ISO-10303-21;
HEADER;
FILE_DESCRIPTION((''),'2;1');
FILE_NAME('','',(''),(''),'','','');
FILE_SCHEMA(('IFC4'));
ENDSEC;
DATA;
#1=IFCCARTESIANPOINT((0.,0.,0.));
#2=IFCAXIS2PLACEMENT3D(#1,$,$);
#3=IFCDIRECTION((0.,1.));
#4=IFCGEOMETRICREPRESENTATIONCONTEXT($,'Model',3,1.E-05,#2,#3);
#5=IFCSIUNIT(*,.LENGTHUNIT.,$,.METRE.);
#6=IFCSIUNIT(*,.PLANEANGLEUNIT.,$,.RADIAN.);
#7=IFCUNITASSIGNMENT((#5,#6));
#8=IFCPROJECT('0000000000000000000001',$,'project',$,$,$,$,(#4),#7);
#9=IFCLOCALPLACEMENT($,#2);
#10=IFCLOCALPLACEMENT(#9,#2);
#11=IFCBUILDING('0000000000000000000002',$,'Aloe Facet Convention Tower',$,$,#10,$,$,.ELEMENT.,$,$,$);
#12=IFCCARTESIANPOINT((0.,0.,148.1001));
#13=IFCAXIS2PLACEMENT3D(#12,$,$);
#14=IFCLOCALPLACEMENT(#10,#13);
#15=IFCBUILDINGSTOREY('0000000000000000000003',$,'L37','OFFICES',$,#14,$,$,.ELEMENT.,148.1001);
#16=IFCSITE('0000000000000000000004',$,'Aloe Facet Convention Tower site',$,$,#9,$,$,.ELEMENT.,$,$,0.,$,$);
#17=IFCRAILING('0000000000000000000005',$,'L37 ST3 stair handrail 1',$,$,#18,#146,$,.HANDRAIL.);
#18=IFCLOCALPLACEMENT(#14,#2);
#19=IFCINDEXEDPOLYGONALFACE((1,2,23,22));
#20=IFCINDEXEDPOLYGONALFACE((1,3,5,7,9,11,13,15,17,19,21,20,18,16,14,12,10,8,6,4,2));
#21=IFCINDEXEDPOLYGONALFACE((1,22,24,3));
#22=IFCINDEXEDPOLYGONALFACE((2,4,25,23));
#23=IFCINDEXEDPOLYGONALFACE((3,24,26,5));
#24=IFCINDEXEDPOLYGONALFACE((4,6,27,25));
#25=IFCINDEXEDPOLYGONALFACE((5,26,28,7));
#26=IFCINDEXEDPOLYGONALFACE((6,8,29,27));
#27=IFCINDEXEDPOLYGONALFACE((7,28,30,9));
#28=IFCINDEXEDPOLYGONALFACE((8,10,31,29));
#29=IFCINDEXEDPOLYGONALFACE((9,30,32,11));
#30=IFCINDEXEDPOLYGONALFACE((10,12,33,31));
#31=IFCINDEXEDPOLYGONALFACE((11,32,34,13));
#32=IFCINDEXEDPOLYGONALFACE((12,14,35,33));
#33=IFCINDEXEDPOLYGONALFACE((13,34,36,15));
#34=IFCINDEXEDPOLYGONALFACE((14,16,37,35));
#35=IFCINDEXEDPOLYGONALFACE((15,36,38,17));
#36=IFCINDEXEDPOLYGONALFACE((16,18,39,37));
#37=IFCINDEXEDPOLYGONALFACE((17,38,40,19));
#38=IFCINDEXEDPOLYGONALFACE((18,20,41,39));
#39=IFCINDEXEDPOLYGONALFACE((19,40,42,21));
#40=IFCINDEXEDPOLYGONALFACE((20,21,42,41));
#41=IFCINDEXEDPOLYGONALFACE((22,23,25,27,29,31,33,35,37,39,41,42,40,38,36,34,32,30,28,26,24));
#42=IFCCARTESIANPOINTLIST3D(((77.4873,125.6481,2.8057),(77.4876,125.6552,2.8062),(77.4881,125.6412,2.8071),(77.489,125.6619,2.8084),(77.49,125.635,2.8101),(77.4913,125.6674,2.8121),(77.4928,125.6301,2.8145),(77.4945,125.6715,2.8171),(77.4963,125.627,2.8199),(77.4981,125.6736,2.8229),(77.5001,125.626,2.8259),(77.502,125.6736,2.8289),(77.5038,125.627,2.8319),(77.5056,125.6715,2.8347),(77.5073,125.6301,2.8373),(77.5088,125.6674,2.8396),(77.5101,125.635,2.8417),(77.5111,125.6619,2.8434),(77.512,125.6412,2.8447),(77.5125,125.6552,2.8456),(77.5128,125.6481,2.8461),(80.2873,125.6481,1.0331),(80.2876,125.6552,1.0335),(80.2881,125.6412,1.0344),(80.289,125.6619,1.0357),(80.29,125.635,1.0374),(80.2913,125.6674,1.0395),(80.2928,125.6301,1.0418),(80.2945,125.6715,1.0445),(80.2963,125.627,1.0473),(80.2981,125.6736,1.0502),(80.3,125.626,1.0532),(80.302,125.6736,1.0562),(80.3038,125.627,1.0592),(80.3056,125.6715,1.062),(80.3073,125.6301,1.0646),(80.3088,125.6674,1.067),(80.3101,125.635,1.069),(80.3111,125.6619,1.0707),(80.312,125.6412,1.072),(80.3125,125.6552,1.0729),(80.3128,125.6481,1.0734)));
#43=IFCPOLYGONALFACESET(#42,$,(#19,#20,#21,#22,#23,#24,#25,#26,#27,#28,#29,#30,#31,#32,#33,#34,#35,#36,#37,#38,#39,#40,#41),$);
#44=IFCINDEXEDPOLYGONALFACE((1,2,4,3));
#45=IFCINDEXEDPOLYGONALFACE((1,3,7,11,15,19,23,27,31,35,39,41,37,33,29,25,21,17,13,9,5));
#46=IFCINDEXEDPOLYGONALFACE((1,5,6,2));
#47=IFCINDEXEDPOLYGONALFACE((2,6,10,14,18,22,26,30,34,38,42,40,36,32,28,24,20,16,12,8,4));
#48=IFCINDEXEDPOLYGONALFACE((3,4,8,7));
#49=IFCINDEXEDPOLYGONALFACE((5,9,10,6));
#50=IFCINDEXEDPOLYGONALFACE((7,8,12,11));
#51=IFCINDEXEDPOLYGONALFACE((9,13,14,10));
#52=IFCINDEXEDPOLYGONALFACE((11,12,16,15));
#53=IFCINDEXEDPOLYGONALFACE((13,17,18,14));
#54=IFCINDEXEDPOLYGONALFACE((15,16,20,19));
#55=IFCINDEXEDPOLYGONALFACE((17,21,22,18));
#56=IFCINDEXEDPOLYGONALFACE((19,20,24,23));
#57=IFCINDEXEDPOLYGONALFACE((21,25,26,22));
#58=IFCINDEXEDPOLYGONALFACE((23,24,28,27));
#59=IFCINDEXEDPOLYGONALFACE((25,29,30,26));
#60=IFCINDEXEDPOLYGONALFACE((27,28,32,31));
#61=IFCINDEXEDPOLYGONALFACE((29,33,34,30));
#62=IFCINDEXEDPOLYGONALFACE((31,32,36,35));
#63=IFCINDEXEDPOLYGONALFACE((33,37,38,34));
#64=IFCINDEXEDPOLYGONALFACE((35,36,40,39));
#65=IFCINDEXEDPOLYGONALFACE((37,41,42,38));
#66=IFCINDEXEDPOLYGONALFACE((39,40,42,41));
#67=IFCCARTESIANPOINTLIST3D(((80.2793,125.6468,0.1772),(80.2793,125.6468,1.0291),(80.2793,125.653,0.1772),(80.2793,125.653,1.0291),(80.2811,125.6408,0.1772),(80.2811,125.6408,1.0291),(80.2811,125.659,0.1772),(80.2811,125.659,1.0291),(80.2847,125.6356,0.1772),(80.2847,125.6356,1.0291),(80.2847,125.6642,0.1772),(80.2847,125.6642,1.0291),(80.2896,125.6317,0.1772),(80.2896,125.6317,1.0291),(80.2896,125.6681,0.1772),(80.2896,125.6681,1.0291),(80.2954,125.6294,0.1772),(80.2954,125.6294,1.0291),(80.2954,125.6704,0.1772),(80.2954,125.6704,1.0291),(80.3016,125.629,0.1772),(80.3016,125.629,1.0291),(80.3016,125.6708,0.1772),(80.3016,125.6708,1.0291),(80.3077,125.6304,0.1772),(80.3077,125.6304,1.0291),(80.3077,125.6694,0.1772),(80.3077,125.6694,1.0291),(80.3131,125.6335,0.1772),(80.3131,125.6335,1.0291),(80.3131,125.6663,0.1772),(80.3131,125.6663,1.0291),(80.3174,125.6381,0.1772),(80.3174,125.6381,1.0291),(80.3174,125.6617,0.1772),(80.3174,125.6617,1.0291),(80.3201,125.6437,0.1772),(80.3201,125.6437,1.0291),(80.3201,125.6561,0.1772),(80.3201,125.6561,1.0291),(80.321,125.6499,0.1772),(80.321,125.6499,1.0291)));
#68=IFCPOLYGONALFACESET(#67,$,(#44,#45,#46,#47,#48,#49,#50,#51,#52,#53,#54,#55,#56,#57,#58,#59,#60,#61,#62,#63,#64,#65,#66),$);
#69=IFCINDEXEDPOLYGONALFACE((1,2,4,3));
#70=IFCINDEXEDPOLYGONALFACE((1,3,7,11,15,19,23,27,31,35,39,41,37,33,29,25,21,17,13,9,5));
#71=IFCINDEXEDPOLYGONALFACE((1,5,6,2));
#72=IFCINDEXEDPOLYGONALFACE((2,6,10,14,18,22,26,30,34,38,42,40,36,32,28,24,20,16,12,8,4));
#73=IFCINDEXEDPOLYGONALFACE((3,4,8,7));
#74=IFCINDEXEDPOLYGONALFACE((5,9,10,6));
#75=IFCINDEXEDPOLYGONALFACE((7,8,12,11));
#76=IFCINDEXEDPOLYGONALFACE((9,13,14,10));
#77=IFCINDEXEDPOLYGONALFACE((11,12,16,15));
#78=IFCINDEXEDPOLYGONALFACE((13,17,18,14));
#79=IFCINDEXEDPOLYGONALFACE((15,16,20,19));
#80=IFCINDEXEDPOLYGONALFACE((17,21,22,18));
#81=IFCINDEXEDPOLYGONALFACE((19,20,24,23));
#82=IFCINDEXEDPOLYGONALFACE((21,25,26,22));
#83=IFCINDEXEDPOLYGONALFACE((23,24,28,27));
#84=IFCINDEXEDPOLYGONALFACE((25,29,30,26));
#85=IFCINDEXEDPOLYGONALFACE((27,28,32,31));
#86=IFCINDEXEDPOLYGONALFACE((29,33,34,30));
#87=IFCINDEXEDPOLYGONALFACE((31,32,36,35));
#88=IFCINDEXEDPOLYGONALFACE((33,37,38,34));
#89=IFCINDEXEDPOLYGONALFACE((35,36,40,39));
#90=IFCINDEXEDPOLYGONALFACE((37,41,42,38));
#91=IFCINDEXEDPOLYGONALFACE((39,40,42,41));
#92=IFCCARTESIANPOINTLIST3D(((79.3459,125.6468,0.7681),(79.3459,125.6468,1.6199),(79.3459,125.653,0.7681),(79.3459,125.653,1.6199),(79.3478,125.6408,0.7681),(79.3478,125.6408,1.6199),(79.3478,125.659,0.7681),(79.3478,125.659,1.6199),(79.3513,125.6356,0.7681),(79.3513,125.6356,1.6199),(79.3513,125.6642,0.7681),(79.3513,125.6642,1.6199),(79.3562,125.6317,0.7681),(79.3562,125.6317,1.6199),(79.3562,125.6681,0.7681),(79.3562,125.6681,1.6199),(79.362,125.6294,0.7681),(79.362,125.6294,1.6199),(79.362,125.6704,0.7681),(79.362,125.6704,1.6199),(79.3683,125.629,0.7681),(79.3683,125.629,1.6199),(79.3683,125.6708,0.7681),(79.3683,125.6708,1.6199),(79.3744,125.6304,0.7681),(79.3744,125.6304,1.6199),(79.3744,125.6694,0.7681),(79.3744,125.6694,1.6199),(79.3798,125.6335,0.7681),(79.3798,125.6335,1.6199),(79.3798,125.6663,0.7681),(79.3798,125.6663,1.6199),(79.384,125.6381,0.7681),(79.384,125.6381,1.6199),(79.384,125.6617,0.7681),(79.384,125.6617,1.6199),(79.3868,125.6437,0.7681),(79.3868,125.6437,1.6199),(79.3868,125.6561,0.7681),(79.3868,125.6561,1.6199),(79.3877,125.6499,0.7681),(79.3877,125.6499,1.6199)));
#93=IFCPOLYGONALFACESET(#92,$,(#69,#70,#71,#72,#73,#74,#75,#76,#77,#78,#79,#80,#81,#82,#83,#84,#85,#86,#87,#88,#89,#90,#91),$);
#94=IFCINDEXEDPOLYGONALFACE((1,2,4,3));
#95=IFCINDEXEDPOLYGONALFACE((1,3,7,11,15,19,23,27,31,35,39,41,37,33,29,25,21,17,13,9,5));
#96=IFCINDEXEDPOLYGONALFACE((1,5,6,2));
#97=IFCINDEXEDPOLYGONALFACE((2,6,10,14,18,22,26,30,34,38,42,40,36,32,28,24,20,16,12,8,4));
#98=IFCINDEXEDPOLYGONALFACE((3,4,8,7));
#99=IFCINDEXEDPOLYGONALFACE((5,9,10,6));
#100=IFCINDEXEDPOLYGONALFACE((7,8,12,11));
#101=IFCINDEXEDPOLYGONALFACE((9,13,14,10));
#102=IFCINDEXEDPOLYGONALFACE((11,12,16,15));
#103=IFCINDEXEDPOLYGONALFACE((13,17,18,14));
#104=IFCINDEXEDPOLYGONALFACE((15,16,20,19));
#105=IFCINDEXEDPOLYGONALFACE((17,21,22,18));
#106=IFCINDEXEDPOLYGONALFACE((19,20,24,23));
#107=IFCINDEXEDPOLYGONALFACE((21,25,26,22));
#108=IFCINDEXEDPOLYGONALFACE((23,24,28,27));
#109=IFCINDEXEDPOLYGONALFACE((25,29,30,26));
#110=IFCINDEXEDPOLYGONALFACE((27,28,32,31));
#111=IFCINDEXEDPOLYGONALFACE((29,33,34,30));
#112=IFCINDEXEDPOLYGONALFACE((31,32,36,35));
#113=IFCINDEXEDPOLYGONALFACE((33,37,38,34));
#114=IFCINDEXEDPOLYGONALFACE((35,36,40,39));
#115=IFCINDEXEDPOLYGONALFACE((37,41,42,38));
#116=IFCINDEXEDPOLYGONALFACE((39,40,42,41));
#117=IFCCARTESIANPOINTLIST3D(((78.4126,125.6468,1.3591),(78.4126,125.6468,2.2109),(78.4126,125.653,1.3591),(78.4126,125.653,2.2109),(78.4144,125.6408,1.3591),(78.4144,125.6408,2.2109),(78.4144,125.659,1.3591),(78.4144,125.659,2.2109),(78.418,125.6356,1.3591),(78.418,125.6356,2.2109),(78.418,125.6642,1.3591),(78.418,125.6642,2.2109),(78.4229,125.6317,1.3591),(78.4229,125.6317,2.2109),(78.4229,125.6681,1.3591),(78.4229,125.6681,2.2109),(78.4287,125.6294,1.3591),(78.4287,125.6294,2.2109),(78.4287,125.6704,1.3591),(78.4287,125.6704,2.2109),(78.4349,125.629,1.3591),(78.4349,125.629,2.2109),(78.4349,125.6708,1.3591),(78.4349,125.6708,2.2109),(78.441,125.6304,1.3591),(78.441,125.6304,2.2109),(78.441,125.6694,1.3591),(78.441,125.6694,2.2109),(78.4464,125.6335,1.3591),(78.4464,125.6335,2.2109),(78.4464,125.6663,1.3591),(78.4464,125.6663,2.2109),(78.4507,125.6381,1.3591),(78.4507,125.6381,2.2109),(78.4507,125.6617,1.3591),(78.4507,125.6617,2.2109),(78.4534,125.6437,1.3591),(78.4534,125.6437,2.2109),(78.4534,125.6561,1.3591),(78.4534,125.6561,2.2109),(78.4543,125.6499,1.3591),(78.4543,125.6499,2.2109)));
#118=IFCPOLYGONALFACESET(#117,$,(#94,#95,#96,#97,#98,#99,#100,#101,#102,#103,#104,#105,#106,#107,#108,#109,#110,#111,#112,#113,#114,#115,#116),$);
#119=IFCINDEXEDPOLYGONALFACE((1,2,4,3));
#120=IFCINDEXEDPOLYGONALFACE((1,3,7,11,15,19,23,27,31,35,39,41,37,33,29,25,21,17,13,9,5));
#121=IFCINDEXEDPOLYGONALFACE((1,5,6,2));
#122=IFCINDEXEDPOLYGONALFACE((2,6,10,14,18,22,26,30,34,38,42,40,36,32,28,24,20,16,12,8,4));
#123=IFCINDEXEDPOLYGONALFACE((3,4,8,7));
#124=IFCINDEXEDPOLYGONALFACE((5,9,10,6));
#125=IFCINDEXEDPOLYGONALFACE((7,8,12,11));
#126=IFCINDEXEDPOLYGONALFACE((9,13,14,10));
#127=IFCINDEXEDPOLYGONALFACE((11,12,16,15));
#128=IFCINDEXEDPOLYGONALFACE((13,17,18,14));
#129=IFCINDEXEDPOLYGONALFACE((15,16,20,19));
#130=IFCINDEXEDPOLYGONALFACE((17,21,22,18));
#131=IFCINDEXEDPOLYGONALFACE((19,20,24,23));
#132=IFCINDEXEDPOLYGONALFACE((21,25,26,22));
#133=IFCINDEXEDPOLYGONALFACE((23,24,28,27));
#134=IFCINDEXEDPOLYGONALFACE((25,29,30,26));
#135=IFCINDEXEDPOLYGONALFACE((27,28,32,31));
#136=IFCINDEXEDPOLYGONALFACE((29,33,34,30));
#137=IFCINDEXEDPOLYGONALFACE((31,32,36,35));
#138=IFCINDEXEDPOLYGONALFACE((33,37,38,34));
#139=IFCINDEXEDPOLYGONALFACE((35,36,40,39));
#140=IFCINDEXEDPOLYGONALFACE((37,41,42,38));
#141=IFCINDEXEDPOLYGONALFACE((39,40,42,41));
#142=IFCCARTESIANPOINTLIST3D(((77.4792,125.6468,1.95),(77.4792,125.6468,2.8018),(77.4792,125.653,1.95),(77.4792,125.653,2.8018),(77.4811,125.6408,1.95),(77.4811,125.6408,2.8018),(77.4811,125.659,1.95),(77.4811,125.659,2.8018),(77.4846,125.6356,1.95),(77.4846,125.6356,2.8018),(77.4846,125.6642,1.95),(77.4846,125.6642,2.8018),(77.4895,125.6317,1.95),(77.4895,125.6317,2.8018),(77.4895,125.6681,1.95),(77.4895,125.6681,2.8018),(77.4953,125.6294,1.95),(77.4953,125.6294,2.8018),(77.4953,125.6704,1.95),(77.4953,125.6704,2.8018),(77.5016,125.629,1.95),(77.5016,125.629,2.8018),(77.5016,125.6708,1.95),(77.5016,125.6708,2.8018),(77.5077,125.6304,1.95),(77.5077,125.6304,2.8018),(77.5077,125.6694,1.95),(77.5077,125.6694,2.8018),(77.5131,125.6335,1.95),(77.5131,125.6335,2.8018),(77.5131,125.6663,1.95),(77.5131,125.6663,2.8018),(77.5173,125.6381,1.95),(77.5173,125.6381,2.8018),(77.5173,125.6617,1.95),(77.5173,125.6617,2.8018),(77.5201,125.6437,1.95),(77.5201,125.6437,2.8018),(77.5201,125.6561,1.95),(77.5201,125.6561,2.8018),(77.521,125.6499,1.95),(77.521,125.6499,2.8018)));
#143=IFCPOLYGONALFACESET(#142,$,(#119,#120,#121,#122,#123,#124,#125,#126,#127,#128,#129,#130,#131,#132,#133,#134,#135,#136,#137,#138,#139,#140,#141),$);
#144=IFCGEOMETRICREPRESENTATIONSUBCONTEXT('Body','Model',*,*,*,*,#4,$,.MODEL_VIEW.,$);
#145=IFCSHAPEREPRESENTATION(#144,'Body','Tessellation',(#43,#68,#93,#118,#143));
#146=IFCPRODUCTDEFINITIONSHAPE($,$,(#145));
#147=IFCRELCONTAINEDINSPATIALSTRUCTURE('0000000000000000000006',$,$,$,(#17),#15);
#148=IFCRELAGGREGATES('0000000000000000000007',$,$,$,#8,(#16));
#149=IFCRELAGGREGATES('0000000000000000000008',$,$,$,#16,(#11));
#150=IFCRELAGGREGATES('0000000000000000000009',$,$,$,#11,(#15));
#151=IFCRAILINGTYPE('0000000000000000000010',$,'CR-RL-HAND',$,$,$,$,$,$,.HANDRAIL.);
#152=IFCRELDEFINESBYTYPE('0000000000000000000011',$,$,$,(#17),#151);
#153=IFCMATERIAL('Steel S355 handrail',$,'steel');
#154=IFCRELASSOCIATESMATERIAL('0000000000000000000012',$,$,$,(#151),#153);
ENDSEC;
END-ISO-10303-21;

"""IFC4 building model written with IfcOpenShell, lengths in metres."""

from ifc_helpers import new_model, si_unit, direction, frame, origin, origin_2d, place, context, subcontext, project, spatial, circle, extrude, material, type_object, element, save


model = new_model("IFC4")

# Units and contexts
model_context = context("Model", 3, precision=1e-05, world=origin(), true_north=direction((0.0, 1.0)))
body_context = subcontext(model_context, "Body", "Model", "MODEL_VIEW")
ifc_project = project(units=[si_unit("LENGTHUNIT", "METRE"), si_unit("PLANEANGLEUNIT", "RADIAN")], contexts=[model_context])

# Site, building, storey
site_placement = place(None, origin())
site = spatial("IfcSite", under=ifc_project, at=site_placement, Name="Aloe Facet Convention Tower site", CompositionType="ELEMENT", RefElevation=0.0)
building_placement = place(site_placement, origin())
building = spatial("IfcBuilding", under=site, at=building_placement, Name="Aloe Facet Convention Tower", CompositionType="ELEMENT")
storey_placement = place(building_placement, frame((0.0, 0.0, 148.1001)))
storey = spatial("IfcBuildingStorey", under=building, at=storey_placement, Name="L37", Description="OFFICES", CompositionType="ELEMENT", Elevation=148.1001)

# Railing
ifc_material_1 = material(Name="Steel S355 handrail", Category="steel")
railing_type_1 = type_object("IfcRailingType", Name="CR-RL-HAND", PredefinedType="HANDRAIL", material=ifc_material_1)
railing_1_placement = place(storey_placement, frame((80.3, 125.6499, 0.1772)))
element("IfcRailing", 1, at=railing_1_placement, inside=storey, type_object=railing_type_1, Name="L37 ST3 stair handrail 1", PredefinedType="HANDRAIL", context=body_context, shape_type="SweptSolid", body=[
    extrude(circle(Radius=0.0239, at=origin_2d()), frame((0.0, 0.0, 0.876), z_axis=(-0.844909, 0.0, 0.53491), x_axis=(0.0, -1.0, 0.0)), (0.0, 0.0, 1.0), 3.314),
    extrude(circle(Radius=0.021, at=origin_2d()), origin(), (0.0, 0.0, 1.0), 0.8518),
    extrude(circle(Radius=0.021, at=origin_2d()), frame((-0.9333, 0.0, 0.5908)), (0.0, 0.0, 1.0), 0.8518),
    extrude(circle(Radius=0.021, at=origin_2d()), frame((-1.8667, 0.0, 1.1819)), (0.0, 0.0, 1.0), 0.8518),
    extrude(circle(Radius=0.021, at=origin_2d()), frame((-2.8, 0.0, 1.7727)), (0.0, 0.0, 1.0), 0.8518),
])

save(model, "model.ifc")
